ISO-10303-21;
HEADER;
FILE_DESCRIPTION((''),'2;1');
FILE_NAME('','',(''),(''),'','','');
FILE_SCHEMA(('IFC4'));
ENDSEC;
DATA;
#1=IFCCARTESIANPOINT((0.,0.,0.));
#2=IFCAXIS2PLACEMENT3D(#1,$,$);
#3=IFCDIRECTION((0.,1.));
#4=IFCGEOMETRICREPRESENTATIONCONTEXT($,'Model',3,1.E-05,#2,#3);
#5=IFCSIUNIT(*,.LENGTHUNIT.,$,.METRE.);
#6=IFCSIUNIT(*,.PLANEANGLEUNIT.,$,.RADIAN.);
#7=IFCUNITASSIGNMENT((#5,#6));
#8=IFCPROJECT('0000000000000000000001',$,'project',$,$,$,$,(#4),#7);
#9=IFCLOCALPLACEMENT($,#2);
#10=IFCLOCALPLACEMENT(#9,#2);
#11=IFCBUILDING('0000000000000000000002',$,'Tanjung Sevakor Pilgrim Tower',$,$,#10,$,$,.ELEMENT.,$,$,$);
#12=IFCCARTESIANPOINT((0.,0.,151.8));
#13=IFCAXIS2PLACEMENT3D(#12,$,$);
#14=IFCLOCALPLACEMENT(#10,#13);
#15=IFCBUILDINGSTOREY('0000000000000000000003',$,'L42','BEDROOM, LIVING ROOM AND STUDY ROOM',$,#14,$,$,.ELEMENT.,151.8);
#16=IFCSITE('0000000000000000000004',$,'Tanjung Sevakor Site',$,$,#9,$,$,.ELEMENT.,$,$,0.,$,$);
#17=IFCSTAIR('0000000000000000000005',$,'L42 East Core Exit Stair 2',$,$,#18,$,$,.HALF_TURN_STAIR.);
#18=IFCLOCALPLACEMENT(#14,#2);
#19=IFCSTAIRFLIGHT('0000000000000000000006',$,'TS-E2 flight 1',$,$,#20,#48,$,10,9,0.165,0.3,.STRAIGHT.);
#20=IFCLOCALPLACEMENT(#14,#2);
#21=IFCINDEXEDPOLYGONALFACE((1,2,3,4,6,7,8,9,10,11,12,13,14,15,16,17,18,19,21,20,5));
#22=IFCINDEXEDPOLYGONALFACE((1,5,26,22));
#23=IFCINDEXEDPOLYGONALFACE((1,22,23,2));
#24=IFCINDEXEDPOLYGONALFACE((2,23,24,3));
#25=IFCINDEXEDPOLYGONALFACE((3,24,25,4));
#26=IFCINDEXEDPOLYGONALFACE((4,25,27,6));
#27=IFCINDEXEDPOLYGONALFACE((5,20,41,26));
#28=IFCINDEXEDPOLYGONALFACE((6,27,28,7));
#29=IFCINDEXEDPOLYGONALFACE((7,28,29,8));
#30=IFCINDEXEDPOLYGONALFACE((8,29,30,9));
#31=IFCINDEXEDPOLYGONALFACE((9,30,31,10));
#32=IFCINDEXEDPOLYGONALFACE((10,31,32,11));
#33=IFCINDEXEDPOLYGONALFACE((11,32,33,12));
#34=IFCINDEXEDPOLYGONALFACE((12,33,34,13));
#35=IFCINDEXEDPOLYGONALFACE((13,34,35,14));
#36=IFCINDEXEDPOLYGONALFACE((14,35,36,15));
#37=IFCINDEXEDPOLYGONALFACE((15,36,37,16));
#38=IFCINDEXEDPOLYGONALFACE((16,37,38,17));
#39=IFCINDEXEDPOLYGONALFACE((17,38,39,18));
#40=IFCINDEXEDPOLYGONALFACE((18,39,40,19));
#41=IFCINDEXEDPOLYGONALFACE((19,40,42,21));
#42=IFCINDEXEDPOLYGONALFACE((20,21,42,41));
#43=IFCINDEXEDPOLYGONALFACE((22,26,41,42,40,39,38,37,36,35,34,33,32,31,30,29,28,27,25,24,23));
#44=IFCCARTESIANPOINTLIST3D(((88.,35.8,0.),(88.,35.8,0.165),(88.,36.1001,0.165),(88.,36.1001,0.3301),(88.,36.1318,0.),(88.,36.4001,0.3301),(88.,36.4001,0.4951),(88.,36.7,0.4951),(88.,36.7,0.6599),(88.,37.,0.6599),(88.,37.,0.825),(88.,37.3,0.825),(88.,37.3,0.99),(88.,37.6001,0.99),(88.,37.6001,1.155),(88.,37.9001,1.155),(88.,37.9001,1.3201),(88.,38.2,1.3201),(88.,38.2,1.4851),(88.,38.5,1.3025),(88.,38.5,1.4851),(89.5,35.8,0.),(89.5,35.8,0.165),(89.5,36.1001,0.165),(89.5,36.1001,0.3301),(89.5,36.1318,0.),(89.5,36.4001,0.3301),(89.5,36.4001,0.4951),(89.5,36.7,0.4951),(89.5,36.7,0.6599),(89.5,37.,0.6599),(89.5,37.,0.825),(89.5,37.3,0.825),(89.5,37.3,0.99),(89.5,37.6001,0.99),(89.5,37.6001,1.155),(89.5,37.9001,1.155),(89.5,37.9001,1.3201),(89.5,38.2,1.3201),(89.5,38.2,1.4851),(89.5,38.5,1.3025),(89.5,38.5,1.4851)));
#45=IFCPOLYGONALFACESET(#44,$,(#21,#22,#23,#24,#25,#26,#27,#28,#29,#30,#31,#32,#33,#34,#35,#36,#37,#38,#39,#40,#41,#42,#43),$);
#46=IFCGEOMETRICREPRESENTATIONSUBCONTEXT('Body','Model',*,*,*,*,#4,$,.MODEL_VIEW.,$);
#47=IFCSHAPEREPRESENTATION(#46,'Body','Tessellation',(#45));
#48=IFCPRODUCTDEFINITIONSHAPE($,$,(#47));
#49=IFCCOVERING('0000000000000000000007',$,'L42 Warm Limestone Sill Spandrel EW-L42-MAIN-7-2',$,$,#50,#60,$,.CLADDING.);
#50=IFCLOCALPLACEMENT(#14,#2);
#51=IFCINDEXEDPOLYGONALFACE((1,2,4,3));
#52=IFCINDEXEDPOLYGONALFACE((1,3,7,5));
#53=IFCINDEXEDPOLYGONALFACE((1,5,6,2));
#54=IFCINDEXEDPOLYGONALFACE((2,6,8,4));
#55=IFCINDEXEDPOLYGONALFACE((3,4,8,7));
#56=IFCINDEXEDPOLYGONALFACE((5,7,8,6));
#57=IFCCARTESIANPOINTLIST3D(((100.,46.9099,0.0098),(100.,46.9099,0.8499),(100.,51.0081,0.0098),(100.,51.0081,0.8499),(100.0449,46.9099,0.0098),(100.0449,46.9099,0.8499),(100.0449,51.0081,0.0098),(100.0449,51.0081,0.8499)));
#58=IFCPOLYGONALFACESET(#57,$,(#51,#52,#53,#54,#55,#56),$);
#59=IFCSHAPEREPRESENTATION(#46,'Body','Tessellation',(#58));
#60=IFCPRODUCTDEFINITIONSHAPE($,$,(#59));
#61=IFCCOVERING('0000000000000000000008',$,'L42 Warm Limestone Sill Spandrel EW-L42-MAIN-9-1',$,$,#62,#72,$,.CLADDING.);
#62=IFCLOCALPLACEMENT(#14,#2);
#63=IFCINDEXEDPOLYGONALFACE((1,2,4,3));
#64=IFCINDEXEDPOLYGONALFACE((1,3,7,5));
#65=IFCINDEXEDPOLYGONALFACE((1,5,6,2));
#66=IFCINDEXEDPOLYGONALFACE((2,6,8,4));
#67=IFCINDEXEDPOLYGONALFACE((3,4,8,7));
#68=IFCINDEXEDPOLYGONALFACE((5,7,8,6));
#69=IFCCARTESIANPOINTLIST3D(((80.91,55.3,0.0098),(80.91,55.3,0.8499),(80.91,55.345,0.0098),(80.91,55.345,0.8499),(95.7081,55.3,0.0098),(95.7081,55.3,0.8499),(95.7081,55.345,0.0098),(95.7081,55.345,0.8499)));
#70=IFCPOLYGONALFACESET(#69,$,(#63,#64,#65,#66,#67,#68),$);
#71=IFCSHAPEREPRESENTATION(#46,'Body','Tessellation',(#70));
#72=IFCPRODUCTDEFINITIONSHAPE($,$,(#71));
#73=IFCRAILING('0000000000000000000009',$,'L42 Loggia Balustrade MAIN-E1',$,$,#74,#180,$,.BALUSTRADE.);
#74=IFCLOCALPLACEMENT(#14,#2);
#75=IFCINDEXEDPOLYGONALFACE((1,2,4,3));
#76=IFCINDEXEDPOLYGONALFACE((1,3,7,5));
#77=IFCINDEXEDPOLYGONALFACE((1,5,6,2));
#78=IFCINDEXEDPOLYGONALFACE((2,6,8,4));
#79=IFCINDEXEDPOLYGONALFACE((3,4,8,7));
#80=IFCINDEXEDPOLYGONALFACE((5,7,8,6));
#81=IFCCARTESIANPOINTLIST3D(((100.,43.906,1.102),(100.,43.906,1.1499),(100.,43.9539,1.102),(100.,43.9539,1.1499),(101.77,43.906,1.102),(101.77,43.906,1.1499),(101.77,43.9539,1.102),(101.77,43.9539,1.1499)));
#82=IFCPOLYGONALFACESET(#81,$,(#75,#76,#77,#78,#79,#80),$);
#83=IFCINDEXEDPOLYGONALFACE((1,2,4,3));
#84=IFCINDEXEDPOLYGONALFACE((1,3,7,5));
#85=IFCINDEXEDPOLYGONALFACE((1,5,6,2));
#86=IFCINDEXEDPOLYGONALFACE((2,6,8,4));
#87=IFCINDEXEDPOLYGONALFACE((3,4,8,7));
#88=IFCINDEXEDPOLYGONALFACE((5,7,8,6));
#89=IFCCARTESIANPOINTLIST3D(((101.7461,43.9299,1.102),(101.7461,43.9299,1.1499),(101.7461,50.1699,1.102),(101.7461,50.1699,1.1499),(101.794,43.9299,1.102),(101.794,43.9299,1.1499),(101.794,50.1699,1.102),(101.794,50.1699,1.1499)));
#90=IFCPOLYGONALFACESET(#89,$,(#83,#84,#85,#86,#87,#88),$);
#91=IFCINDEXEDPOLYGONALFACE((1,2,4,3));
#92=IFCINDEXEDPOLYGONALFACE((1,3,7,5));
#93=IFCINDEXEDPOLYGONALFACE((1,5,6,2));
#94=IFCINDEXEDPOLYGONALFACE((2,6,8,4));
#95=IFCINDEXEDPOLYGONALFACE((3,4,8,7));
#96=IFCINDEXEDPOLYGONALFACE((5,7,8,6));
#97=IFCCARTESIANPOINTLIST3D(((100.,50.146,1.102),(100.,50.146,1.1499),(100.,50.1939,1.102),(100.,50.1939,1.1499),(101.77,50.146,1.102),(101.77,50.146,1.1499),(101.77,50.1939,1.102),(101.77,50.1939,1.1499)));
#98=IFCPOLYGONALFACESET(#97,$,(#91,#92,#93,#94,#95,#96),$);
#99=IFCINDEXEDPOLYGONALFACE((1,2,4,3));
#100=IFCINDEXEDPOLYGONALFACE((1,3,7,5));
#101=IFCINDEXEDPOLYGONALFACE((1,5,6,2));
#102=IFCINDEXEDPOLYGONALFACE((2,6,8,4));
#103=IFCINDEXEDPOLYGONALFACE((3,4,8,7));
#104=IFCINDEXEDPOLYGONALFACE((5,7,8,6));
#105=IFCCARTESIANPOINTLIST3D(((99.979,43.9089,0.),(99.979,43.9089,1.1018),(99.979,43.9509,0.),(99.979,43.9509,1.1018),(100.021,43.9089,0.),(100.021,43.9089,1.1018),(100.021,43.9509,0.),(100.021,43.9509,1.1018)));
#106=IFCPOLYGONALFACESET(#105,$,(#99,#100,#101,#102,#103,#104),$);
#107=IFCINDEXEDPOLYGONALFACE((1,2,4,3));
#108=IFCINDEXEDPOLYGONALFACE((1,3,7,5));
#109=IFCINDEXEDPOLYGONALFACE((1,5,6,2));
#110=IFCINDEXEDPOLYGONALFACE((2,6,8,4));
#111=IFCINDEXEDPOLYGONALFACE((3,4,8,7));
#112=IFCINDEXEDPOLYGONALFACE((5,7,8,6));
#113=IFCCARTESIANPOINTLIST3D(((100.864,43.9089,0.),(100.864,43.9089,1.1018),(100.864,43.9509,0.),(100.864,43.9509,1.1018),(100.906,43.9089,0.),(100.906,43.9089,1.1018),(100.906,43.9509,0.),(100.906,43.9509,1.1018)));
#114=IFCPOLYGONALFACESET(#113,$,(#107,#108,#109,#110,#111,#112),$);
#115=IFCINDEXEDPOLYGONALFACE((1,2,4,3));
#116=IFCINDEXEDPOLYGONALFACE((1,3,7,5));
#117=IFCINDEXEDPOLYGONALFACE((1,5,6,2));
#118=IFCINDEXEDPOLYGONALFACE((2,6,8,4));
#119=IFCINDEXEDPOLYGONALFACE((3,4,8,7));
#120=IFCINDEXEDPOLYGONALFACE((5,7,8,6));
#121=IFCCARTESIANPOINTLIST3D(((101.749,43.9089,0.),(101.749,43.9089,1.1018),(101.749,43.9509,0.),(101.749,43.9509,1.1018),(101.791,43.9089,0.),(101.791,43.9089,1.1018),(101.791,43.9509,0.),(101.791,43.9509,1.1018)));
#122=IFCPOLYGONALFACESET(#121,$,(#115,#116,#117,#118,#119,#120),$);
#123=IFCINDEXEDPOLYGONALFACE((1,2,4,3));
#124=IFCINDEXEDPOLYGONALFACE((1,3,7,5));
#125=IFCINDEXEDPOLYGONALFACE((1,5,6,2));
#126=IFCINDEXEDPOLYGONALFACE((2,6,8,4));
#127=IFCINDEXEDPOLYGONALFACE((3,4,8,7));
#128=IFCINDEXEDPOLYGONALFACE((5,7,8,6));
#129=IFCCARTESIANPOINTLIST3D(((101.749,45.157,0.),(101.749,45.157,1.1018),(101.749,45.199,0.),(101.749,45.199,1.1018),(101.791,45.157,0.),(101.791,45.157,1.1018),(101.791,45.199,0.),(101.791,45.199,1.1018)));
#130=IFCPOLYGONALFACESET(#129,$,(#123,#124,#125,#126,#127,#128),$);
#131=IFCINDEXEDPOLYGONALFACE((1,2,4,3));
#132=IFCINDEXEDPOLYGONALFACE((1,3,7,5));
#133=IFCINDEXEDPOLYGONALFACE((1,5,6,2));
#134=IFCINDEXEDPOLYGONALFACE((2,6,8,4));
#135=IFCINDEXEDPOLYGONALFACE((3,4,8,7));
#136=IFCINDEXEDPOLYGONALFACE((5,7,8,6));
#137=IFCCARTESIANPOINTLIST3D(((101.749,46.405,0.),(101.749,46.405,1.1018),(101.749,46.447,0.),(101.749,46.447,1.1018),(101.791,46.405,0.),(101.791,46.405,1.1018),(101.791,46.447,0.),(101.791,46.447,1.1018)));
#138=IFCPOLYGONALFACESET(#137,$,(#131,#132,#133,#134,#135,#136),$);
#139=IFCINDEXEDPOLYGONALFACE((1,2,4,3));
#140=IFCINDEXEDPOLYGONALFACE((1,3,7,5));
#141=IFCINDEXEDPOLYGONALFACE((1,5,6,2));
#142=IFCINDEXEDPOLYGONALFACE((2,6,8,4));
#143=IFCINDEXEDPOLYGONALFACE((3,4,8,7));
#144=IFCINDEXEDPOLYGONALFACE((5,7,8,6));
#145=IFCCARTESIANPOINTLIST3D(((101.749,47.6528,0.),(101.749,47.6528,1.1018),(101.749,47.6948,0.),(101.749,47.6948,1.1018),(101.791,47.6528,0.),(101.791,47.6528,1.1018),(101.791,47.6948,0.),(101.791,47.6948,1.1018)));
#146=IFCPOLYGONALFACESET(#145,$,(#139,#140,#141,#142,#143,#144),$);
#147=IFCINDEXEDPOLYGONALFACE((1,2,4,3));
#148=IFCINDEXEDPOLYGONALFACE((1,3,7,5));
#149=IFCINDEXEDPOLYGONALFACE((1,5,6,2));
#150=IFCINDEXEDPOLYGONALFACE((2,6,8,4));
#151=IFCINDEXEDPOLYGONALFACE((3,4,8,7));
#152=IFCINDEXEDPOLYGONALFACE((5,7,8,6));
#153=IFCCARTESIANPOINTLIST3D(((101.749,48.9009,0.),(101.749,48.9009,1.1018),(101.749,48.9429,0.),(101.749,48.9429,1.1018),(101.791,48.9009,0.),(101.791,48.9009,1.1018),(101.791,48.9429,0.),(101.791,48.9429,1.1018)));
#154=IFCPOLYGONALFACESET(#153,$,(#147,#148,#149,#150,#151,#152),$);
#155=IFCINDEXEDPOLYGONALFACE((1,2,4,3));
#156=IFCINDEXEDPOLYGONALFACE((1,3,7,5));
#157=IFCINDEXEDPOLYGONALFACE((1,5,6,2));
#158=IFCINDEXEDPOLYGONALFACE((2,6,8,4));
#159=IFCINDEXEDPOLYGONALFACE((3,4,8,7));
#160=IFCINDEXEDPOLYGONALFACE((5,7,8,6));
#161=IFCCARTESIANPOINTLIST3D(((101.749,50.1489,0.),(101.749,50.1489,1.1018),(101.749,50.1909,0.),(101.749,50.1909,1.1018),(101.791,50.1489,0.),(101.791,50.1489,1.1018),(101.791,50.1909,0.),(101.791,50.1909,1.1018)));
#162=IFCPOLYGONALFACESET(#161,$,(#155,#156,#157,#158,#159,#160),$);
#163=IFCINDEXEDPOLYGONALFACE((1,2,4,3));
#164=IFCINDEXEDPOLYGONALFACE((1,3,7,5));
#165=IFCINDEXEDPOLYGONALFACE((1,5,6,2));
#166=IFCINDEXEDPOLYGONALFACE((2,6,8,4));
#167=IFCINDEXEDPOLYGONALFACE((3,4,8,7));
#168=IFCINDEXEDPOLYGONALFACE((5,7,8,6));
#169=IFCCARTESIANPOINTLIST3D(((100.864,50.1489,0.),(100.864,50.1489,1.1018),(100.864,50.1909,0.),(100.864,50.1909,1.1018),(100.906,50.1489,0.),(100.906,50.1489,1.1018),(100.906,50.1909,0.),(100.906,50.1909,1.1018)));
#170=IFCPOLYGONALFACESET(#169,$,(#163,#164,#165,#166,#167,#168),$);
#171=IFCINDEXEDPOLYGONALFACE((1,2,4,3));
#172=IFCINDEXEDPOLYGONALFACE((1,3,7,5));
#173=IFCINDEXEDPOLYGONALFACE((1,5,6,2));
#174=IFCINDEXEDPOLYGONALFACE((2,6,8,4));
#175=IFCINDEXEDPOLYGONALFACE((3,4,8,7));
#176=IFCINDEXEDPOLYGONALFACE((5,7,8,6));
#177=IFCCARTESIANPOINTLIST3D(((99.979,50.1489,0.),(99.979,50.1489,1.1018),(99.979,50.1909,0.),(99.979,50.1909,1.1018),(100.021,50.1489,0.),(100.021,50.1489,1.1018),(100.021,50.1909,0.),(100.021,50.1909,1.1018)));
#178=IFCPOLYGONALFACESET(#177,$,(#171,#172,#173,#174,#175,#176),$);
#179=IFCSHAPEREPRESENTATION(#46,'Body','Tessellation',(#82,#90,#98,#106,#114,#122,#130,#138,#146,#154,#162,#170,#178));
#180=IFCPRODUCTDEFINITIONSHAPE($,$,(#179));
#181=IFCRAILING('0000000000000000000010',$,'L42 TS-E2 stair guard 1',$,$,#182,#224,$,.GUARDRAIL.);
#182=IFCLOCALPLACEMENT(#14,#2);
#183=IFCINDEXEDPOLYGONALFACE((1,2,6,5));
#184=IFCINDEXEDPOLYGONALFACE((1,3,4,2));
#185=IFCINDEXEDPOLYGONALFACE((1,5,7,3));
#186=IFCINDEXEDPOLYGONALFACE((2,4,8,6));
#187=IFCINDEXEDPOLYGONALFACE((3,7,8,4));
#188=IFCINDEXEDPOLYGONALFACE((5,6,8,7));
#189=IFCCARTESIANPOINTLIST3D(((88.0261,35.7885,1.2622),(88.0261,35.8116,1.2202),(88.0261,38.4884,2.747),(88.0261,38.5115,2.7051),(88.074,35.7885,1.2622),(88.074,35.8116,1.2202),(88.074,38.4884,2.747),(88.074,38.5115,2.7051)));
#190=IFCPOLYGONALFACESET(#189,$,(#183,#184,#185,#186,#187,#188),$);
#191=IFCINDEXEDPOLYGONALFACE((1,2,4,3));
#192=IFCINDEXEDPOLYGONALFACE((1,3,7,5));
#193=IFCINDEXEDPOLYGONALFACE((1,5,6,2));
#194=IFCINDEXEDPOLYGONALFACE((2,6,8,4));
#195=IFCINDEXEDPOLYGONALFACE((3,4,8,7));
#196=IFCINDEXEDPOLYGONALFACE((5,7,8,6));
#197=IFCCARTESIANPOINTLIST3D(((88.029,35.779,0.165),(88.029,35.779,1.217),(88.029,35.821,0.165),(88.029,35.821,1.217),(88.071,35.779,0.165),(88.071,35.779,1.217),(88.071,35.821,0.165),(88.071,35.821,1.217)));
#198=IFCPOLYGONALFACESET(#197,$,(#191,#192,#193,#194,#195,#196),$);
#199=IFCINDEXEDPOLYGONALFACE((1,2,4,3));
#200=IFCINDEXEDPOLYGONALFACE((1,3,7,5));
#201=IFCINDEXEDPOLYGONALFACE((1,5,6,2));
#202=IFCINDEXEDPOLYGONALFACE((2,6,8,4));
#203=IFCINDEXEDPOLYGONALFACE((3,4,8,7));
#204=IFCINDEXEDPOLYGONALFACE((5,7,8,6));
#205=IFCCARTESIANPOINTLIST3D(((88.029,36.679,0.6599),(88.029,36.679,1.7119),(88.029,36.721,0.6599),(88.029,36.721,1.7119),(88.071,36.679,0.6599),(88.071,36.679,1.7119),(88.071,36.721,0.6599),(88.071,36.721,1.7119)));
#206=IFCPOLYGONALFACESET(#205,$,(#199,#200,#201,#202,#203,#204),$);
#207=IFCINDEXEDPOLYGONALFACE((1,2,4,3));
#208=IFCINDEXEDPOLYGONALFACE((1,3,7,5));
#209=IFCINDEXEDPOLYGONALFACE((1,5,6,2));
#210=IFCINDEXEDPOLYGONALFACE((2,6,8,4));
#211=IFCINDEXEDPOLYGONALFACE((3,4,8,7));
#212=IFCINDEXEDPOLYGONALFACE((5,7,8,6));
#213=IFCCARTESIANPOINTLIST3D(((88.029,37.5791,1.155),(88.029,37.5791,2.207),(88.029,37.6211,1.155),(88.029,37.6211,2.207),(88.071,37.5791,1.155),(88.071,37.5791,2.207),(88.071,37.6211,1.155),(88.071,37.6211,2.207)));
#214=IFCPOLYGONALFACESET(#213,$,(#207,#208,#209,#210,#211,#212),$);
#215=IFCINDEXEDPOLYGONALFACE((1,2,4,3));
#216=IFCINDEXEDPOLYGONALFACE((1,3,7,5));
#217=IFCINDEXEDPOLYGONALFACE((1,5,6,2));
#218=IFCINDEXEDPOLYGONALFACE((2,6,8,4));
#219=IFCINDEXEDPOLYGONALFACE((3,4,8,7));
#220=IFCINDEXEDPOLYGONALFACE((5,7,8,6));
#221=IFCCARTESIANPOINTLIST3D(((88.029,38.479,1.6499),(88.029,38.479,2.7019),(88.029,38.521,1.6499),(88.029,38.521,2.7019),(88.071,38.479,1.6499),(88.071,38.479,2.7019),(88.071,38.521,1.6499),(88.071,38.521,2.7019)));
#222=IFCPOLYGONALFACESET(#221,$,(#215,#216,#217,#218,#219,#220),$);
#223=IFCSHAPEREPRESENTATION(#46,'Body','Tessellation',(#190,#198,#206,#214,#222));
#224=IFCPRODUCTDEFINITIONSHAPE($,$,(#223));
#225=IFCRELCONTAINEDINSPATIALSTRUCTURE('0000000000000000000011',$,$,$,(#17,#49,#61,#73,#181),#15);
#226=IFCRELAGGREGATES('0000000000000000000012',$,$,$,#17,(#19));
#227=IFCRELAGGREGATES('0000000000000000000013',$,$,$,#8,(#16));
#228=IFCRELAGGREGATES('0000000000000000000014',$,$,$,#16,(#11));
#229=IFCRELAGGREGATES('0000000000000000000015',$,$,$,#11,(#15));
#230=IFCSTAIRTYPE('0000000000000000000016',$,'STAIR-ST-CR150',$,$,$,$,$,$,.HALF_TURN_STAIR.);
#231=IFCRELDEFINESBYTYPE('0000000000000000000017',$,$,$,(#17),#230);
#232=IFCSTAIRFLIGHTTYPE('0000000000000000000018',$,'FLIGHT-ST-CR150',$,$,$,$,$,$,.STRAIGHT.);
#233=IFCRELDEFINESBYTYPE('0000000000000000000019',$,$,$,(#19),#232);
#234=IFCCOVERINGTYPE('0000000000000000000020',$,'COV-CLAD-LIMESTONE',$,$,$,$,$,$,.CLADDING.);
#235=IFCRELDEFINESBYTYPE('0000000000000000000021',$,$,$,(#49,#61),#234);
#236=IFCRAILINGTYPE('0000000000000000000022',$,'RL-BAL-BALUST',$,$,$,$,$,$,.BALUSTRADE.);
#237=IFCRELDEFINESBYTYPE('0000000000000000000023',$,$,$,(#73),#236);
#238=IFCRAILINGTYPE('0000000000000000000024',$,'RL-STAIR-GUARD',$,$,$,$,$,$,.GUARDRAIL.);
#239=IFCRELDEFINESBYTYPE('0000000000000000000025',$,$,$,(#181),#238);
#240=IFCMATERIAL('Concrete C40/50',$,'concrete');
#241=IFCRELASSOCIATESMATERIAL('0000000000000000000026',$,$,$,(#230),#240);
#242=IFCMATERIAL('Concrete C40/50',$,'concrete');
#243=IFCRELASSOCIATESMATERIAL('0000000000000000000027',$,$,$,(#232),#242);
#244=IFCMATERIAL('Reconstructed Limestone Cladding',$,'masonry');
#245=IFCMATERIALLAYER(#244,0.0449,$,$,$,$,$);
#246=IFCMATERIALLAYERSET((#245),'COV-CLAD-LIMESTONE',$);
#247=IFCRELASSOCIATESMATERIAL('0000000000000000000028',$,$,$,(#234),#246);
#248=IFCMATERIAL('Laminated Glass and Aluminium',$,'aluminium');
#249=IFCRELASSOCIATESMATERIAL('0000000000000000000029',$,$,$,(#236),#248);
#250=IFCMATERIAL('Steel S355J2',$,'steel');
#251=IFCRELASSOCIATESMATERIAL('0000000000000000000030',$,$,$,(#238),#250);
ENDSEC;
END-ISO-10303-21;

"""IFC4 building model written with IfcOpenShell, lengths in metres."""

from ifc_helpers import new_model, si_unit, direction, frame, origin, origin_2d, place, context, subcontext, project, spatial, polyline, rectangle, outline, extrude, material, layer, layer_set, type_object, element, aggregate, save


model = new_model("IFC4")

# Units and contexts
model_context = context("Model", 3, precision=1e-05, world=origin(), true_north=direction((0.0, 1.0)))
body_context = subcontext(model_context, "Body", "Model", "MODEL_VIEW")
ifc_project = project(units=[si_unit("LENGTHUNIT", "METRE"), si_unit("PLANEANGLEUNIT", "RADIAN")], contexts=[model_context])

# Site, building, storey
site_placement = place(None, origin())
site = spatial("IfcSite", under=ifc_project, at=site_placement, Name="Tanjung Sevakor Site", CompositionType="ELEMENT", RefElevation=0.0)
building_placement = place(site_placement, origin())
building = spatial("IfcBuilding", under=site, at=building_placement, Name="Tanjung Sevakor Pilgrim Tower", CompositionType="ELEMENT")
storey_placement = place(building_placement, frame((0.0, 0.0, 151.8)))
storey = spatial("IfcBuildingStorey", under=building, at=storey_placement, Name="L42", Description="BEDROOM, LIVING ROOM AND STUDY ROOM", CompositionType="ELEMENT", Elevation=151.8)

# Stair, stair flight
ifc_material_1 = material(Name="Concrete C40/50", Category="concrete")
stair_type = type_object("IfcStairType", Name="STAIR-ST-CR150", PredefinedType="HALF_TURN_STAIR", material=ifc_material_1)
stair_placement = place(storey_placement, origin())
stair = element("IfcStair", 1, at=stair_placement, inside=storey, type_object=stair_type, Name="L42 East Core Exit Stair 2", PredefinedType="HALF_TURN_STAIR")
ifc_material_2 = material(Name="Concrete C40/50", Category="concrete")
stair_flight_type = type_object("IfcStairFlightType", Name="FLIGHT-ST-CR150", PredefinedType="STRAIGHT", material=ifc_material_2)
stair_flight_placement = place(storey_placement, frame((88.75, 35.8, 0.0), z_axis=(0.0, 0.0, 1.0), x_axis=(0.0, 1.0, 0.0)))
stair_flight = element("IfcStairFlight", 2, at=stair_flight_placement, type_object=stair_flight_type, Name="TS-E2 flight 1", NumberOfRisers=10, NumberOfTreads=9, PredefinedType="STRAIGHT", RiserHeight=0.165, TreadLength=0.3, context=body_context, shape_type="SweptSolid", body=[
    extrude(outline(polyline([(0.0, 0.0), (0.0, 0.165), (0.3, 0.165), (0.3, 0.3301), (0.6001, 0.3301), (0.6001, 0.4951), (0.8999, 0.4951), (0.8999, 0.6599), (1.2, 0.6599), (1.2, 0.825), (1.5, 0.825), (1.5, 0.99), (1.8, 0.99), (1.8, 1.155), (2.1001, 1.155), (2.1001, 1.3201), (2.3999, 1.3201), (2.3999, 1.4851), (2.7, 1.4851), (2.7, 1.6499), (2.7, 1.3025), (0.3318, 0.0), (0.0, 0.0)])), frame((0.0, 0.75, 0.0), z_axis=(0.0, -1.0, 0.0), x_axis=(1.0, 0.0, 0.0)), (0.0, 0.0, 1.0), 1.5),
])
aggregate(stair, [stair_flight])

# Coverings
ifc_material_3 = material(Name="Reconstructed Limestone Cladding", Category="masonry")
ifc_layer_1 = layer(ifc_material_3, 0.0449)
ifc_layer_set_1 = layer_set([ifc_layer_1], Name="COV-CLAD-LIMESTONE")
covering_type = type_object("IfcCoveringType", Name="COV-CLAD-LIMESTONE", PredefinedType="CLADDING", material=ifc_layer_set_1)
covering_1_placement = place(storey_placement, frame((100.0225, 48.959, 0.0098), z_axis=(0.0, 0.0, 1.0), x_axis=(0.0, 1.0, 0.0)))
element("IfcCovering", 3, at=covering_1_placement, inside=storey, type_object=covering_type, Name="L42 Warm Limestone Sill Spandrel EW-L42-MAIN-7-2", PredefinedType="CLADDING", context=body_context, shape_type="SweptSolid", body=[
    extrude(rectangle(XDim=4.0981, YDim=0.0449, at=origin_2d()), origin(), (0.0, 0.0, 1.0), 0.8401),
])
covering_2_placement = place(storey_placement, frame((88.3091, 55.3225, 0.0098), z_axis=(0.0, 0.0, 1.0), x_axis=(-1.0, 0.0, 0.0)))
element("IfcCovering", 4, at=covering_2_placement, inside=storey, type_object=covering_type, Name="L42 Warm Limestone Sill Spandrel EW-L42-MAIN-9-1", PredefinedType="CLADDING", context=body_context, shape_type="SweptSolid", body=[
    extrude(rectangle(XDim=14.7981, YDim=0.0449, at=origin_2d()), origin(), (0.0, 0.0, 1.0), 0.8401),
])

# Railings
ifc_material_4 = material(Name="Laminated Glass and Aluminium", Category="aluminium")
railing_type_1 = type_object("IfcRailingType", Name="RL-BAL-BALUST", PredefinedType="BALUSTRADE", material=ifc_material_4)
railing_1_placement = place(storey_placement, frame((100.0, 43.9299, 0.0)))
element("IfcRailing", 5, at=railing_1_placement, inside=storey, type_object=railing_type_1, Name="L42 Loggia Balustrade MAIN-E1", PredefinedType="BALUSTRADE", context=body_context, shape_type="SweptSolid", body=[
    extrude(rectangle(XDim=0.0479, YDim=0.0479), frame((0.0, 0.0, 1.126), z_axis=(1.0, 0.0, 0.0), x_axis=(0.0, 1.0, 0.0)), (0.0, 0.0, 1.0), 1.77),
    extrude(rectangle(XDim=0.0479, YDim=0.0479), frame((1.77, 0.0, 1.126), z_axis=(0.0, 1.0, 0.0), x_axis=(-1.0, 0.0, 0.0)), (0.0, 0.0, 1.0), 6.24),
    extrude(rectangle(XDim=0.0479, YDim=0.0479), frame((1.77, 6.24, 1.126), z_axis=(-1.0, 0.0, 0.0), x_axis=(0.0, -1.0, 0.0)), (0.0, 0.0, 1.0), 1.77),
    extrude(rectangle(XDim=0.042, YDim=0.042), origin(), (0.0, 0.0, 1.0), 1.1018),
    extrude(rectangle(XDim=0.042, YDim=0.042), frame((0.885, 0.0, 0.0)), (0.0, 0.0, 1.0), 1.1018),
    extrude(rectangle(XDim=0.042, YDim=0.042), frame((1.77, 0.0, 0.0)), (0.0, 0.0, 1.0), 1.1018),
    extrude(rectangle(XDim=0.042, YDim=0.042), frame((1.77, 1.248, 0.0)), (0.0, 0.0, 1.0), 1.1018),
    extrude(rectangle(XDim=0.042, YDim=0.042), frame((1.77, 2.4961, 0.0)), (0.0, 0.0, 1.0), 1.1018),
    extrude(rectangle(XDim=0.042, YDim=0.042), frame((1.77, 3.7439, 0.0)), (0.0, 0.0, 1.0), 1.1018),
    extrude(rectangle(XDim=0.042, YDim=0.042), frame((1.77, 4.9919, 0.0)), (0.0, 0.0, 1.0), 1.1018),
    extrude(rectangle(XDim=0.042, YDim=0.042), frame((1.77, 6.24, 0.0)), (0.0, 0.0, 1.0), 1.1018),
    extrude(rectangle(XDim=0.042, YDim=0.042), frame((0.885, 6.24, 0.0)), (0.0, 0.0, 1.0), 1.1018),
    extrude(rectangle(XDim=0.042, YDim=0.042), frame((0.0, 6.24, 0.0)), (0.0, 0.0, 1.0), 1.1018),
])
ifc_material_5 = material(Name="Steel S355J2", Category="steel")
railing_type_2 = type_object("IfcRailingType", Name="RL-STAIR-GUARD", PredefinedType="GUARDRAIL", material=ifc_material_5)
railing_2_placement = place(storey_placement, frame((88.05, 35.8, 0.165)))
element("IfcRailing", 6, at=railing_2_placement, inside=storey, type_object=railing_type_2, Name="L42 TS-E2 stair guard 1", PredefinedType="GUARDRAIL", context=body_context, shape_type="SweptSolid", body=[
    extrude(rectangle(XDim=0.0479, YDim=0.0479), frame((0.0, 0.0, 1.0762), z_axis=(0.0, 0.876231, 0.481891), x_axis=(-1.0, 0.0, 0.0)), (0.0, 0.0, 1.0), 3.0813),
    extrude(rectangle(XDim=0.042, YDim=0.042), origin(), (0.0, 0.0, 1.0), 1.052),
    extrude(rectangle(XDim=0.042, YDim=0.042), frame((0.0, 0.8999, 0.4949)), (0.0, 0.0, 1.0), 1.052),
    extrude(rectangle(XDim=0.042, YDim=0.042), frame((0.0, 1.8, 0.99)), (0.0, 0.0, 1.0), 1.052),
    extrude(rectangle(XDim=0.042, YDim=0.042), frame((0.0, 2.7, 1.4849)), (0.0, 0.0, 1.0), 1.052),
])

save(model, "model.ifc")
